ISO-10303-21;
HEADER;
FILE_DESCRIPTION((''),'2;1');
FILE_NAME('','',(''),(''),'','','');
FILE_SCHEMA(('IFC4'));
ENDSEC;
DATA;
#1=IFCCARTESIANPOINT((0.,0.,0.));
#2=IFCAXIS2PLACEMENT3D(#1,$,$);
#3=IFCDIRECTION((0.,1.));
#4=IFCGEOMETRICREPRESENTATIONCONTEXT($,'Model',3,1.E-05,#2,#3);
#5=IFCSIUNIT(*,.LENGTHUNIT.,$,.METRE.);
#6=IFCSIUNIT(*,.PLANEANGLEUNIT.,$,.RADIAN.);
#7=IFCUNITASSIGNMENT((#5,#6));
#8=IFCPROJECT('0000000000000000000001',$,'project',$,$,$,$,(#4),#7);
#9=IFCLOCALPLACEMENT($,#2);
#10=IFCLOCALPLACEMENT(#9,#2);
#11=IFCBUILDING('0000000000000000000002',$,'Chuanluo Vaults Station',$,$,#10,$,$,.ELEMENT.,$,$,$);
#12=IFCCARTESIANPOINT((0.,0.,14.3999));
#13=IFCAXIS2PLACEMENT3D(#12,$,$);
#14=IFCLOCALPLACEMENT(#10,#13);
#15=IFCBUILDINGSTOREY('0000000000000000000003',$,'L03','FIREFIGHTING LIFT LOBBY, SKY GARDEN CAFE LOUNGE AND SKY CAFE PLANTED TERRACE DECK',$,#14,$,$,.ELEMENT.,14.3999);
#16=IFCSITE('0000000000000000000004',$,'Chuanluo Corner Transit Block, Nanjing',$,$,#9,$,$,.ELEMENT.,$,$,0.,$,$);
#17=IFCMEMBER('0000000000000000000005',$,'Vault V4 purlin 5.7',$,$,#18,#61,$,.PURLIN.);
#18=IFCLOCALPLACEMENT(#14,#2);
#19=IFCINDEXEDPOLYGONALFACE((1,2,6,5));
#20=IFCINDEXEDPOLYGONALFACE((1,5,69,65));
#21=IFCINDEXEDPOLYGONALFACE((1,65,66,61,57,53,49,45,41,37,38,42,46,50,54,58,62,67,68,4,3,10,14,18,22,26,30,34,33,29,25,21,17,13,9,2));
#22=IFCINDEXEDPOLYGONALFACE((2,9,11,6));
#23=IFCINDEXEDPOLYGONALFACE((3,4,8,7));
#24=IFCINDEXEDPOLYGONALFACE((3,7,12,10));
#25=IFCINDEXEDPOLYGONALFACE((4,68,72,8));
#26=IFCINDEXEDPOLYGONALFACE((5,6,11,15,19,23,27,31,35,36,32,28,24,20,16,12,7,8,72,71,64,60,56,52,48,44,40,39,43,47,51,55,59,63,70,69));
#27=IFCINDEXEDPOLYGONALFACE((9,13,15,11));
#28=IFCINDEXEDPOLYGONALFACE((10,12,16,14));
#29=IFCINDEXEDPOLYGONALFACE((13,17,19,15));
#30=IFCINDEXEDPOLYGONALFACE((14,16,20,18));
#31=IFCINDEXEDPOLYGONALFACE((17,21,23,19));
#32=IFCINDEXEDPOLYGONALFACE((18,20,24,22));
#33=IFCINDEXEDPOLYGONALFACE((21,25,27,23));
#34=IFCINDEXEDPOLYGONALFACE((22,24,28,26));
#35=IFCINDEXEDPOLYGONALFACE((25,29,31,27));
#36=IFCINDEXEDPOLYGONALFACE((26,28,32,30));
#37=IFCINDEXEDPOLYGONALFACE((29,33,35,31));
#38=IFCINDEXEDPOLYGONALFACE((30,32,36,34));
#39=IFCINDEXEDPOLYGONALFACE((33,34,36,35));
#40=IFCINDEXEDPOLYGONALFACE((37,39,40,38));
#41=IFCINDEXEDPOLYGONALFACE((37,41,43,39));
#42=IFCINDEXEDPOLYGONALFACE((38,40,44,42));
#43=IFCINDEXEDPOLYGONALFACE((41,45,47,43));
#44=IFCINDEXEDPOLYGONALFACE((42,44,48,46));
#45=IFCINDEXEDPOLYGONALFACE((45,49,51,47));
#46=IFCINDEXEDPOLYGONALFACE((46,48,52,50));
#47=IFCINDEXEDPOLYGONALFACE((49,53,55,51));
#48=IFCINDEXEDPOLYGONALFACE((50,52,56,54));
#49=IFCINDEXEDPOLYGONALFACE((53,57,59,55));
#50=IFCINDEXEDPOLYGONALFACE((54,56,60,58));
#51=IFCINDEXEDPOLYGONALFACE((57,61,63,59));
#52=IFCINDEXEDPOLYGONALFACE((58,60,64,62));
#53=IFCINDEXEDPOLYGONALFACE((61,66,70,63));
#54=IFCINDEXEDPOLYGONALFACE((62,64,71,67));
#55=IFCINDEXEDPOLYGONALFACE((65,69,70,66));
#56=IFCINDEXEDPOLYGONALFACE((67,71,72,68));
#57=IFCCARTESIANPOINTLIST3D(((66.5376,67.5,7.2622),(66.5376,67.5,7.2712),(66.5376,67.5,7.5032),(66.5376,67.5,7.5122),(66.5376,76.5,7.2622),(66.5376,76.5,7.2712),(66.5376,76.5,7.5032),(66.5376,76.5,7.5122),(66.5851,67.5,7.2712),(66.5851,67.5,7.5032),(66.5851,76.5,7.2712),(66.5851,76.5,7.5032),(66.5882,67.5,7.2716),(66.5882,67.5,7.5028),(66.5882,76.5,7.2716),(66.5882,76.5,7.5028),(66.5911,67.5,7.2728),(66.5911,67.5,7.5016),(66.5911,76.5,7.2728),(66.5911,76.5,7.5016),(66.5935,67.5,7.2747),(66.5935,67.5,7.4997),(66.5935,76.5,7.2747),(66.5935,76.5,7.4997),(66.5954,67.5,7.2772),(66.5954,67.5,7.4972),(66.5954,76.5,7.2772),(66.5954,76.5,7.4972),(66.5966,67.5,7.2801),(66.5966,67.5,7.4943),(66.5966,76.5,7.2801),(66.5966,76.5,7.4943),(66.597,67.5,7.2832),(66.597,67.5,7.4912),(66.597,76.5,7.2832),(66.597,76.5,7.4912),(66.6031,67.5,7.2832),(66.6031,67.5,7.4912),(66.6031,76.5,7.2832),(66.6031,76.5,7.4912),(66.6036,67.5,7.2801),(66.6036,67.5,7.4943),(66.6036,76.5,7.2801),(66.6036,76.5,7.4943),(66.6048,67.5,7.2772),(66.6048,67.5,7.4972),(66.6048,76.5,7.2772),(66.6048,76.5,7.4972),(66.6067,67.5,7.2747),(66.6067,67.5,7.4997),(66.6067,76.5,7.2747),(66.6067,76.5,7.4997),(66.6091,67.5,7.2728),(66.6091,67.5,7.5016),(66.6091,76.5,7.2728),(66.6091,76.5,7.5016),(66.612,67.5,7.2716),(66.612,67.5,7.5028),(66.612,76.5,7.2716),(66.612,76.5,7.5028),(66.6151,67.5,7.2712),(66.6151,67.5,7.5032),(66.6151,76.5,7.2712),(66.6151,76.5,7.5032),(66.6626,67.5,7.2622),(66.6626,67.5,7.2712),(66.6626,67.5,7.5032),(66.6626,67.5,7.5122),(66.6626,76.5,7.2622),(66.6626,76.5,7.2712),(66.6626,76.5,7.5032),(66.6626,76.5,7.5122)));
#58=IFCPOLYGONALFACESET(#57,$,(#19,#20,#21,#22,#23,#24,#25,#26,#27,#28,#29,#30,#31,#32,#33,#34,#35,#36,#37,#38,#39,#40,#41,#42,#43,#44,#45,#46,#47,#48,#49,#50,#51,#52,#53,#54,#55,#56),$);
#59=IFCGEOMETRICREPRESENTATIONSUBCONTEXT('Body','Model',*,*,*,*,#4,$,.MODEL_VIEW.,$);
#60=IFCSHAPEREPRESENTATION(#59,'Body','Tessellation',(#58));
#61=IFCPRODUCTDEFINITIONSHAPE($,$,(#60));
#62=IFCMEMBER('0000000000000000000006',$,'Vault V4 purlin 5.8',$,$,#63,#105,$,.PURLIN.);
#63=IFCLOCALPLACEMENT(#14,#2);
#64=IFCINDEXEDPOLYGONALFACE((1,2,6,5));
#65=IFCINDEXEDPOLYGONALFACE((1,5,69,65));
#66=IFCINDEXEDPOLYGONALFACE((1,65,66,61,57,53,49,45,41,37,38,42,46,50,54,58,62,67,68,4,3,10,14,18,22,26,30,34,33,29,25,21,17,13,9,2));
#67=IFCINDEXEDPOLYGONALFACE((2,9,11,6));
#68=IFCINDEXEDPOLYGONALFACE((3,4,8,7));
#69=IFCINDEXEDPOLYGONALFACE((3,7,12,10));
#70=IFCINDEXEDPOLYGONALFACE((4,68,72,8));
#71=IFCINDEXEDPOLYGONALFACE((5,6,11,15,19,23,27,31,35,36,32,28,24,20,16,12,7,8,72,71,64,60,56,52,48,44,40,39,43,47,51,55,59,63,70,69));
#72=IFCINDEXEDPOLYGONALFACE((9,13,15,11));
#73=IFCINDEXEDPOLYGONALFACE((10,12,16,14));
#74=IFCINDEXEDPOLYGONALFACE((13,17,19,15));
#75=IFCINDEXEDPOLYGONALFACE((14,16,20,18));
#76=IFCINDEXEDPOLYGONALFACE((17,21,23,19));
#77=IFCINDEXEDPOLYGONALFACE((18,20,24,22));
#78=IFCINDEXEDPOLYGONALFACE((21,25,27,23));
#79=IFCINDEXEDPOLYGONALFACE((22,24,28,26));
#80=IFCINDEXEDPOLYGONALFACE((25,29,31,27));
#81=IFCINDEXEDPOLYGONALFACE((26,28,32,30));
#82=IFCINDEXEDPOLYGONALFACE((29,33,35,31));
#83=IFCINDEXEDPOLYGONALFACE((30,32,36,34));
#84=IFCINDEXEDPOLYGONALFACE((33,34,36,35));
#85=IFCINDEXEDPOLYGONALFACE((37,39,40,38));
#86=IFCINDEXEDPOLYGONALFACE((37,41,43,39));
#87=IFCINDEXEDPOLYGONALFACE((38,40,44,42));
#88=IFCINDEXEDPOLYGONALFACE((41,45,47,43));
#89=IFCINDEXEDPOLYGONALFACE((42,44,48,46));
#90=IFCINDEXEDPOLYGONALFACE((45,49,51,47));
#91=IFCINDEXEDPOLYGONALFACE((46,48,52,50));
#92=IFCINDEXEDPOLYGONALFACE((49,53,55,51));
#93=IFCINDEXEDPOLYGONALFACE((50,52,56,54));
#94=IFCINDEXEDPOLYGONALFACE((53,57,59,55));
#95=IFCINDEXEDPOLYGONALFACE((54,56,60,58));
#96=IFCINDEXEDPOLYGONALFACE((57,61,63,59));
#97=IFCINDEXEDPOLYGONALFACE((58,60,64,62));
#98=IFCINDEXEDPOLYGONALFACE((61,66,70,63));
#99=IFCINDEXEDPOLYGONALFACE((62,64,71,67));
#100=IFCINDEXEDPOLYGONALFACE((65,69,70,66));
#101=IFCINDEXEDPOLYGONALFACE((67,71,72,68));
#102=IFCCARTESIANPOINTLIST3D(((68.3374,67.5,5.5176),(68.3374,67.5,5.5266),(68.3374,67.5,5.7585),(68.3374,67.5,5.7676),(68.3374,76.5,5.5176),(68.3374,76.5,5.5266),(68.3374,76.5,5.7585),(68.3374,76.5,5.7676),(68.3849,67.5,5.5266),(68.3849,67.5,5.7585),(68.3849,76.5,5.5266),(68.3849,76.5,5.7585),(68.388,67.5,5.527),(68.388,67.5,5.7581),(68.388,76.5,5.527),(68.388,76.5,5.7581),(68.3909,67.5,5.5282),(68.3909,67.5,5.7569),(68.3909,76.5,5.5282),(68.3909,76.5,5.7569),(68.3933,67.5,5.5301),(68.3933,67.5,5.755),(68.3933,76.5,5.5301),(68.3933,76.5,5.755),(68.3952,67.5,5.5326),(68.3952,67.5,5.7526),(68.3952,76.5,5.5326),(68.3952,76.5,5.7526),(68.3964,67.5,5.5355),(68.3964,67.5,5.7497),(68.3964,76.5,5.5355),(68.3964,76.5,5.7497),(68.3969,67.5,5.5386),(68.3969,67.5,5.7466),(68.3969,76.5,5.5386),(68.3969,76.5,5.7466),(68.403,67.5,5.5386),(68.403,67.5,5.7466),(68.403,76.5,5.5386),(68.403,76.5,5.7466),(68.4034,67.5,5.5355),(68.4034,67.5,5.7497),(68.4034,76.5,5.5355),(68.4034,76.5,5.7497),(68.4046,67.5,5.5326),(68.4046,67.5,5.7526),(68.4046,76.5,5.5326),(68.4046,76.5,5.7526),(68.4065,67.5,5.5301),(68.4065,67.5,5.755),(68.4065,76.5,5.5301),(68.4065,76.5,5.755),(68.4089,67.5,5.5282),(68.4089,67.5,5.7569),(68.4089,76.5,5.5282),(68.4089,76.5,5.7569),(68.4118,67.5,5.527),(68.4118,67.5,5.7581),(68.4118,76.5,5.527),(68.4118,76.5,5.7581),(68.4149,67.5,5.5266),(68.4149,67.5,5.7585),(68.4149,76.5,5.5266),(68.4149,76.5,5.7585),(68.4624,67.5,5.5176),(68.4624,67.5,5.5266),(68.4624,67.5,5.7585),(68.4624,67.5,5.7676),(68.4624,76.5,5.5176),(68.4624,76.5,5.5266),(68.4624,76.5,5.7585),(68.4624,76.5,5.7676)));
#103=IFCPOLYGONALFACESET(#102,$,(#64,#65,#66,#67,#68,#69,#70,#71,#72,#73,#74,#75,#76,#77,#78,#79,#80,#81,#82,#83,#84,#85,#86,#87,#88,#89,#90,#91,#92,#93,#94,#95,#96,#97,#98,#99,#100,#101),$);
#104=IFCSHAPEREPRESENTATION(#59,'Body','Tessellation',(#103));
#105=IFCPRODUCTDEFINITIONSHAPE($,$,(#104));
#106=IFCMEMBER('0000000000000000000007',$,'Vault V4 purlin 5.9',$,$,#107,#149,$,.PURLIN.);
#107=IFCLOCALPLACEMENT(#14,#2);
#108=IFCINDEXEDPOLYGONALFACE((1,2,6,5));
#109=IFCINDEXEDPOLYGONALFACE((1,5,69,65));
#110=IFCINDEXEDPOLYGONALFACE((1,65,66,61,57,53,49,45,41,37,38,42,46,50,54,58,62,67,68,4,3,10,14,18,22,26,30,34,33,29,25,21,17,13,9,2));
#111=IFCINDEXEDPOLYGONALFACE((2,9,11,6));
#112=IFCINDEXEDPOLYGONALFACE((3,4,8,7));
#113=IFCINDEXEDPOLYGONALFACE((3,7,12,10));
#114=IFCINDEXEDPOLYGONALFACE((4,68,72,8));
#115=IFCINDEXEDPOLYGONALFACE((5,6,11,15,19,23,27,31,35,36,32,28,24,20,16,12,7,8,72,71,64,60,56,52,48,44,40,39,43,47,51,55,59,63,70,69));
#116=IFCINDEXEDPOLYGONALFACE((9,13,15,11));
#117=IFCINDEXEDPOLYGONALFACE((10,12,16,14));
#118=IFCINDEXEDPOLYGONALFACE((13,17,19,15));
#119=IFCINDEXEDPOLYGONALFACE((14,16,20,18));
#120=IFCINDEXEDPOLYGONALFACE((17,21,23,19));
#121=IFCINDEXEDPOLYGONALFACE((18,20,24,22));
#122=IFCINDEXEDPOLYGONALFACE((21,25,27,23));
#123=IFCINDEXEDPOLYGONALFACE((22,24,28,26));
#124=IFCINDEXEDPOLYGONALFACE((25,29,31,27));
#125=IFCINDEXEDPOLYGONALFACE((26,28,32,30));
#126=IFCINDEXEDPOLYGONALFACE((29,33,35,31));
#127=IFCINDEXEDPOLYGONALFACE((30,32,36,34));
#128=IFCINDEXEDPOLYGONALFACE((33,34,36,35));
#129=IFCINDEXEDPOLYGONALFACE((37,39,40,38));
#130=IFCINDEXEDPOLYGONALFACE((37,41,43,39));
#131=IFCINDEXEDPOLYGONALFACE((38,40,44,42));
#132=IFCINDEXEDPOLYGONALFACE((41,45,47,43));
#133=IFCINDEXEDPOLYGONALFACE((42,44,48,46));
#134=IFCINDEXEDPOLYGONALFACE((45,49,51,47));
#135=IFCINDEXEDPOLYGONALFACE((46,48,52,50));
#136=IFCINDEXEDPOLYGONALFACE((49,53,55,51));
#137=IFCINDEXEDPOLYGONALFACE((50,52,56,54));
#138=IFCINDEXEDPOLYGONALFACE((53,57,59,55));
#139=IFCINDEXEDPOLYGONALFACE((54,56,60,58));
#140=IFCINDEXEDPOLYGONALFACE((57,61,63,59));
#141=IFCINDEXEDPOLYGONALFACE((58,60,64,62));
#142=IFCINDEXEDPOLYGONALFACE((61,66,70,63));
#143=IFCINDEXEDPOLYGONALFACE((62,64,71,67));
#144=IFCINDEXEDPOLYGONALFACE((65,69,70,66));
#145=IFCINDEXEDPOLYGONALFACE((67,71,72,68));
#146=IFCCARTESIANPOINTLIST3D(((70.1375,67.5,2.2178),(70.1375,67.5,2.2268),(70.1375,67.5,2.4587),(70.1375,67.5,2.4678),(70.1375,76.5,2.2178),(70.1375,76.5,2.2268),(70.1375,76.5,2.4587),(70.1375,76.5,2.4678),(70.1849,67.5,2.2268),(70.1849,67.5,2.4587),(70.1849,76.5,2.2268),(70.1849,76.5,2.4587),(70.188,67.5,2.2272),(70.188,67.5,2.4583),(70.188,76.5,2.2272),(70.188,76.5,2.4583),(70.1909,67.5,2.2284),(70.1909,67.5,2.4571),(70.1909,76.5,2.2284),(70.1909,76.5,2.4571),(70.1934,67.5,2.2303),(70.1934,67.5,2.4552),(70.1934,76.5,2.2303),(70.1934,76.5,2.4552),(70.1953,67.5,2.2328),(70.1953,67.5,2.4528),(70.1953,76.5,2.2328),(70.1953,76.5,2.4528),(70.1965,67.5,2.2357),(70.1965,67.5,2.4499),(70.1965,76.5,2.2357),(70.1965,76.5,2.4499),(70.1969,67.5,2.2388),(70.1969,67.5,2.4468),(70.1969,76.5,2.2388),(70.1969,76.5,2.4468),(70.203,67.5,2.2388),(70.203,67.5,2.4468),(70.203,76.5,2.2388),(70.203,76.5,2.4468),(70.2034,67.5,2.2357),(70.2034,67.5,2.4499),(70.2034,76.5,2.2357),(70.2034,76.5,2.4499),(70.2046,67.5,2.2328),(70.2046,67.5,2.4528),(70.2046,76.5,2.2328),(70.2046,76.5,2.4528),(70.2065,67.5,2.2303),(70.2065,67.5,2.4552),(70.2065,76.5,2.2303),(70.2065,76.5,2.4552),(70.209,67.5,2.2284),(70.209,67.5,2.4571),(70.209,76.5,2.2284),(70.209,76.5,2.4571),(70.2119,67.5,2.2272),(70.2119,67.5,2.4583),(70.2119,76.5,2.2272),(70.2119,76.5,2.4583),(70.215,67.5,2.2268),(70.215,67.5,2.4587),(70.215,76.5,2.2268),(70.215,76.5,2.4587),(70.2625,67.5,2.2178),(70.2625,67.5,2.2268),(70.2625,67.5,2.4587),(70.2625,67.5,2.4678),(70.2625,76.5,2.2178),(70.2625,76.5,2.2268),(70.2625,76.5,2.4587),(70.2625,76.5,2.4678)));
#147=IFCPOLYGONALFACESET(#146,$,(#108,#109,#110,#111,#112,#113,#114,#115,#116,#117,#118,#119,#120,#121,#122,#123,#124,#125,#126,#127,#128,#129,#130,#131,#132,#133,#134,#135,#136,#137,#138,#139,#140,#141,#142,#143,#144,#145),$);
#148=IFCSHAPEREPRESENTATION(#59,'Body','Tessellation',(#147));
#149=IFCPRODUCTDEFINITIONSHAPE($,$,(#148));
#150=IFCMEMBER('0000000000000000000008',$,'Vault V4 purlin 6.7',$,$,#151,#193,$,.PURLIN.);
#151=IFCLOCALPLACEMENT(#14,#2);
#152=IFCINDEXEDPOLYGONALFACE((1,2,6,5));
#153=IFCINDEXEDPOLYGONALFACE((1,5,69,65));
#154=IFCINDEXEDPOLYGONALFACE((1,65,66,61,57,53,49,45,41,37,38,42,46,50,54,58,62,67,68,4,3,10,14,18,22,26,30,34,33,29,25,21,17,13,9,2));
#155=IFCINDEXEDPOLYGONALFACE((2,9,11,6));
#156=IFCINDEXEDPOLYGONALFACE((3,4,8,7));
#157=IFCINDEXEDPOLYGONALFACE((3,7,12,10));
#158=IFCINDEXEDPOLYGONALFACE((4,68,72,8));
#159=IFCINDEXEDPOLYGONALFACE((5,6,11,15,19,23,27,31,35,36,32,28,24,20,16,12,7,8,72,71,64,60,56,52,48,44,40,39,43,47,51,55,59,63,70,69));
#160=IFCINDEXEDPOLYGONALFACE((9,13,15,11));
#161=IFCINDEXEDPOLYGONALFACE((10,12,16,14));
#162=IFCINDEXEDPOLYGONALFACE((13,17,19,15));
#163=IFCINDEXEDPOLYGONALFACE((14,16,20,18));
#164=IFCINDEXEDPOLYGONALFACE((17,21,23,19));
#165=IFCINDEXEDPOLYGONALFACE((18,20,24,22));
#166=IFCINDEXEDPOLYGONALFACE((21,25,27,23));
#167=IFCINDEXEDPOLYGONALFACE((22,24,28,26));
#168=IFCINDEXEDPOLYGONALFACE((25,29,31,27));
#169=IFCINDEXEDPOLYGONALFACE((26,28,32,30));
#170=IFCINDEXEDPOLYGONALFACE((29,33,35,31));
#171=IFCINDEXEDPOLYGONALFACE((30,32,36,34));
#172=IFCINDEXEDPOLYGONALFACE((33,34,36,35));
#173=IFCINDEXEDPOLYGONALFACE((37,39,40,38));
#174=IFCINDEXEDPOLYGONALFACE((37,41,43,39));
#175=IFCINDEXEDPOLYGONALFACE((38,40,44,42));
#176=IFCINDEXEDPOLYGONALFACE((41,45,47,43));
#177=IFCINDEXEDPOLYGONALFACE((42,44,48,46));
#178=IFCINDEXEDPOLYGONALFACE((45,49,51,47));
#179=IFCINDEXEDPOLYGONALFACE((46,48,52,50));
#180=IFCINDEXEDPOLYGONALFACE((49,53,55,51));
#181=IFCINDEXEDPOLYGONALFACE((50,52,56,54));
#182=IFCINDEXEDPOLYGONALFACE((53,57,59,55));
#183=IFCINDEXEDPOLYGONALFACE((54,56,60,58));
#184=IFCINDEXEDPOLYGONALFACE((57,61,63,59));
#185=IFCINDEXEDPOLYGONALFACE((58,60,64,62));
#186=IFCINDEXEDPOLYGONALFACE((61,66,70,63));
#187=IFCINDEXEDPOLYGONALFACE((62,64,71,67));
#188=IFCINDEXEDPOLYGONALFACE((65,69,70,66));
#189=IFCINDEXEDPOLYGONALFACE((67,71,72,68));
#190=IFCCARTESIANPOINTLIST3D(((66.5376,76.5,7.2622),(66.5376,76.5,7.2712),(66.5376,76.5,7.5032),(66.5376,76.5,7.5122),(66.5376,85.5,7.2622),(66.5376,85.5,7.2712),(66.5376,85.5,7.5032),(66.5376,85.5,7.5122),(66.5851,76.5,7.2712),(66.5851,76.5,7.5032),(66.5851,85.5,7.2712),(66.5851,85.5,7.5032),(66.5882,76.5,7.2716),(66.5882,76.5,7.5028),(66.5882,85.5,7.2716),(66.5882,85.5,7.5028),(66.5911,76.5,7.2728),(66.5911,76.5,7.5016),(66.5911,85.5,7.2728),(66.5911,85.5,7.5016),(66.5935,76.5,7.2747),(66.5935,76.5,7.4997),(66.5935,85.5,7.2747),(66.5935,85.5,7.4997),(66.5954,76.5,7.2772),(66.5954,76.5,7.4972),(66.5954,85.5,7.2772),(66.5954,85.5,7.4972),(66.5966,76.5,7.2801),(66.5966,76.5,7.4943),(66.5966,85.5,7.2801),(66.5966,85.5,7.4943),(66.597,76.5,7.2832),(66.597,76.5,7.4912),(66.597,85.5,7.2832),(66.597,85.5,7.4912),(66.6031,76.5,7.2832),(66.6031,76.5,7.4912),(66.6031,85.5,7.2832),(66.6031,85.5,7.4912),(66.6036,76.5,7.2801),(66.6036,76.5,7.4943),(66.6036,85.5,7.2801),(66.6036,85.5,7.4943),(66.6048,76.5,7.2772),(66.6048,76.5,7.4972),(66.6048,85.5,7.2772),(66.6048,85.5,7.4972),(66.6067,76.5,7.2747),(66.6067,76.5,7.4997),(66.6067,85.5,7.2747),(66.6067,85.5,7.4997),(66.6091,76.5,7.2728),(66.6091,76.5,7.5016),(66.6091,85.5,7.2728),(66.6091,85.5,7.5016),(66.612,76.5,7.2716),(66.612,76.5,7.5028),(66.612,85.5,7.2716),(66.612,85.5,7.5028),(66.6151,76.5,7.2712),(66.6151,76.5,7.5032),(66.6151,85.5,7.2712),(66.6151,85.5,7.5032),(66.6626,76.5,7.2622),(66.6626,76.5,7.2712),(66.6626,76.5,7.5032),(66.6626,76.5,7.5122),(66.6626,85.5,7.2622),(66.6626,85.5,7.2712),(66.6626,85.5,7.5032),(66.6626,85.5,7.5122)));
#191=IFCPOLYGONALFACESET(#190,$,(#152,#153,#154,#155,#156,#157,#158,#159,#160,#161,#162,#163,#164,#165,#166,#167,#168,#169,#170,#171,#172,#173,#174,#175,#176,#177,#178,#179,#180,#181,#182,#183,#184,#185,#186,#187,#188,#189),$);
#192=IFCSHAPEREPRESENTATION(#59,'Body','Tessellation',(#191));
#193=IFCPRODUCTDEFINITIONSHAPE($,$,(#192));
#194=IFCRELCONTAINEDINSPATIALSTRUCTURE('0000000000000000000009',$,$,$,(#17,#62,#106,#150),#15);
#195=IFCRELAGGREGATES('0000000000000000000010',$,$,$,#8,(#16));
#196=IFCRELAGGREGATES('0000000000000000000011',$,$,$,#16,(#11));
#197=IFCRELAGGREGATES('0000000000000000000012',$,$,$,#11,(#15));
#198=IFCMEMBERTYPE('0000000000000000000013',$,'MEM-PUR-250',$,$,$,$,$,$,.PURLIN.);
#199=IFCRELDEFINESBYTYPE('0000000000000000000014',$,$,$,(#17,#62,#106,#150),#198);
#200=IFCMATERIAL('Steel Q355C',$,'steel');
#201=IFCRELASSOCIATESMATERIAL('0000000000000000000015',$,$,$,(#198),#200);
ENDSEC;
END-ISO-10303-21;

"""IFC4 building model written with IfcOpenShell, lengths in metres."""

from ifc_helpers import new_model, si_unit, direction, frame, origin, origin_2d, place, context, subcontext, project, spatial, i_section, extrude, material, material_profile, profile_set, type_object, element, save


model = new_model("IFC4")

# Units and contexts
model_context = context("Model", 3, precision=1e-05, world=origin(), true_north=direction((0.0, 1.0)))
body_context = subcontext(model_context, "Body", "Model", "MODEL_VIEW")
ifc_project = project(units=[si_unit("LENGTHUNIT", "METRE"), si_unit("PLANEANGLEUNIT", "RADIAN")], contexts=[model_context])

# Site, building, storey
site_placement = place(None, origin())
site = spatial("IfcSite", under=ifc_project, at=site_placement, Name="Chuanluo Corner Transit Block, Nanjing", CompositionType="ELEMENT", RefElevation=0.0)
building_placement = place(site_placement, origin())
building = spatial("IfcBuilding", under=site, at=building_placement, Name="Chuanluo Vaults Station", CompositionType="ELEMENT")
storey_placement = place(building_placement, frame((0.0, 0.0, 14.3999)))
storey = spatial("IfcBuildingStorey", under=building, at=storey_placement, Name="L03", Description="FIREFIGHTING LIFT LOBBY, SKY GARDEN CAFE LOUNGE AND SKY CAFE PLANTED TERRACE DECK", CompositionType="ELEMENT", Elevation=14.3999)

# Members
ifc_material_1 = material(Name="Steel Q355C", Category="steel")
ifc_material_profile_1 = material_profile(ifc_material_1, i_section(OverallWidth=0.125, OverallDepth=0.25, WebThickness=0.0061, FlangeThickness=0.009, FilletRadius=0.012, at=origin_2d()))
ifc_profile_set_1 = profile_set([ifc_material_profile_1], Name="Steel Q355C")
member_type_1 = type_object("IfcMemberType", Name="MEM-PUR-250", PredefinedType="PURLIN", material=ifc_profile_set_1)
for number, where, z_axis, x_axis, name in (
    (1, (66.6001, 67.5, 7.3872), (0.0, 1.0, 0.0), (-1.0, 0.0, 0.0), "Vault V4 purlin 5.7"),
    (2, (68.3999, 67.5, 5.6426), (0.0, 1.0, 0.0), (-1.0, 0.0, 0.0), "Vault V4 purlin 5.8"),
    (3, (70.2, 67.5, 2.3428), (0.0, 1.0, 0.0), (-1.0, 0.0, 0.0), "Vault V4 purlin 5.9"),
    (4, (66.6001, 76.5, 7.3872), (0.0, 1.0, 0.0), (-1.0, 0.0, 0.0), "Vault V4 purlin 6.7"),
):
    element("IfcMember", number, at=place(storey_placement, frame(where, z_axis=z_axis, x_axis=x_axis)), inside=storey, type_object=member_type_1, Name=name, PredefinedType="PURLIN", context=body_context, shape_type="SweptSolid", body=[
        extrude(i_section(OverallWidth=0.125, OverallDepth=0.25, WebThickness=0.0061, FlangeThickness=0.009, FilletRadius=0.012, at=origin_2d()), origin(), (0.0, 0.0, 1.0), 9.0),
    ])

save(model, "model.ifc")
